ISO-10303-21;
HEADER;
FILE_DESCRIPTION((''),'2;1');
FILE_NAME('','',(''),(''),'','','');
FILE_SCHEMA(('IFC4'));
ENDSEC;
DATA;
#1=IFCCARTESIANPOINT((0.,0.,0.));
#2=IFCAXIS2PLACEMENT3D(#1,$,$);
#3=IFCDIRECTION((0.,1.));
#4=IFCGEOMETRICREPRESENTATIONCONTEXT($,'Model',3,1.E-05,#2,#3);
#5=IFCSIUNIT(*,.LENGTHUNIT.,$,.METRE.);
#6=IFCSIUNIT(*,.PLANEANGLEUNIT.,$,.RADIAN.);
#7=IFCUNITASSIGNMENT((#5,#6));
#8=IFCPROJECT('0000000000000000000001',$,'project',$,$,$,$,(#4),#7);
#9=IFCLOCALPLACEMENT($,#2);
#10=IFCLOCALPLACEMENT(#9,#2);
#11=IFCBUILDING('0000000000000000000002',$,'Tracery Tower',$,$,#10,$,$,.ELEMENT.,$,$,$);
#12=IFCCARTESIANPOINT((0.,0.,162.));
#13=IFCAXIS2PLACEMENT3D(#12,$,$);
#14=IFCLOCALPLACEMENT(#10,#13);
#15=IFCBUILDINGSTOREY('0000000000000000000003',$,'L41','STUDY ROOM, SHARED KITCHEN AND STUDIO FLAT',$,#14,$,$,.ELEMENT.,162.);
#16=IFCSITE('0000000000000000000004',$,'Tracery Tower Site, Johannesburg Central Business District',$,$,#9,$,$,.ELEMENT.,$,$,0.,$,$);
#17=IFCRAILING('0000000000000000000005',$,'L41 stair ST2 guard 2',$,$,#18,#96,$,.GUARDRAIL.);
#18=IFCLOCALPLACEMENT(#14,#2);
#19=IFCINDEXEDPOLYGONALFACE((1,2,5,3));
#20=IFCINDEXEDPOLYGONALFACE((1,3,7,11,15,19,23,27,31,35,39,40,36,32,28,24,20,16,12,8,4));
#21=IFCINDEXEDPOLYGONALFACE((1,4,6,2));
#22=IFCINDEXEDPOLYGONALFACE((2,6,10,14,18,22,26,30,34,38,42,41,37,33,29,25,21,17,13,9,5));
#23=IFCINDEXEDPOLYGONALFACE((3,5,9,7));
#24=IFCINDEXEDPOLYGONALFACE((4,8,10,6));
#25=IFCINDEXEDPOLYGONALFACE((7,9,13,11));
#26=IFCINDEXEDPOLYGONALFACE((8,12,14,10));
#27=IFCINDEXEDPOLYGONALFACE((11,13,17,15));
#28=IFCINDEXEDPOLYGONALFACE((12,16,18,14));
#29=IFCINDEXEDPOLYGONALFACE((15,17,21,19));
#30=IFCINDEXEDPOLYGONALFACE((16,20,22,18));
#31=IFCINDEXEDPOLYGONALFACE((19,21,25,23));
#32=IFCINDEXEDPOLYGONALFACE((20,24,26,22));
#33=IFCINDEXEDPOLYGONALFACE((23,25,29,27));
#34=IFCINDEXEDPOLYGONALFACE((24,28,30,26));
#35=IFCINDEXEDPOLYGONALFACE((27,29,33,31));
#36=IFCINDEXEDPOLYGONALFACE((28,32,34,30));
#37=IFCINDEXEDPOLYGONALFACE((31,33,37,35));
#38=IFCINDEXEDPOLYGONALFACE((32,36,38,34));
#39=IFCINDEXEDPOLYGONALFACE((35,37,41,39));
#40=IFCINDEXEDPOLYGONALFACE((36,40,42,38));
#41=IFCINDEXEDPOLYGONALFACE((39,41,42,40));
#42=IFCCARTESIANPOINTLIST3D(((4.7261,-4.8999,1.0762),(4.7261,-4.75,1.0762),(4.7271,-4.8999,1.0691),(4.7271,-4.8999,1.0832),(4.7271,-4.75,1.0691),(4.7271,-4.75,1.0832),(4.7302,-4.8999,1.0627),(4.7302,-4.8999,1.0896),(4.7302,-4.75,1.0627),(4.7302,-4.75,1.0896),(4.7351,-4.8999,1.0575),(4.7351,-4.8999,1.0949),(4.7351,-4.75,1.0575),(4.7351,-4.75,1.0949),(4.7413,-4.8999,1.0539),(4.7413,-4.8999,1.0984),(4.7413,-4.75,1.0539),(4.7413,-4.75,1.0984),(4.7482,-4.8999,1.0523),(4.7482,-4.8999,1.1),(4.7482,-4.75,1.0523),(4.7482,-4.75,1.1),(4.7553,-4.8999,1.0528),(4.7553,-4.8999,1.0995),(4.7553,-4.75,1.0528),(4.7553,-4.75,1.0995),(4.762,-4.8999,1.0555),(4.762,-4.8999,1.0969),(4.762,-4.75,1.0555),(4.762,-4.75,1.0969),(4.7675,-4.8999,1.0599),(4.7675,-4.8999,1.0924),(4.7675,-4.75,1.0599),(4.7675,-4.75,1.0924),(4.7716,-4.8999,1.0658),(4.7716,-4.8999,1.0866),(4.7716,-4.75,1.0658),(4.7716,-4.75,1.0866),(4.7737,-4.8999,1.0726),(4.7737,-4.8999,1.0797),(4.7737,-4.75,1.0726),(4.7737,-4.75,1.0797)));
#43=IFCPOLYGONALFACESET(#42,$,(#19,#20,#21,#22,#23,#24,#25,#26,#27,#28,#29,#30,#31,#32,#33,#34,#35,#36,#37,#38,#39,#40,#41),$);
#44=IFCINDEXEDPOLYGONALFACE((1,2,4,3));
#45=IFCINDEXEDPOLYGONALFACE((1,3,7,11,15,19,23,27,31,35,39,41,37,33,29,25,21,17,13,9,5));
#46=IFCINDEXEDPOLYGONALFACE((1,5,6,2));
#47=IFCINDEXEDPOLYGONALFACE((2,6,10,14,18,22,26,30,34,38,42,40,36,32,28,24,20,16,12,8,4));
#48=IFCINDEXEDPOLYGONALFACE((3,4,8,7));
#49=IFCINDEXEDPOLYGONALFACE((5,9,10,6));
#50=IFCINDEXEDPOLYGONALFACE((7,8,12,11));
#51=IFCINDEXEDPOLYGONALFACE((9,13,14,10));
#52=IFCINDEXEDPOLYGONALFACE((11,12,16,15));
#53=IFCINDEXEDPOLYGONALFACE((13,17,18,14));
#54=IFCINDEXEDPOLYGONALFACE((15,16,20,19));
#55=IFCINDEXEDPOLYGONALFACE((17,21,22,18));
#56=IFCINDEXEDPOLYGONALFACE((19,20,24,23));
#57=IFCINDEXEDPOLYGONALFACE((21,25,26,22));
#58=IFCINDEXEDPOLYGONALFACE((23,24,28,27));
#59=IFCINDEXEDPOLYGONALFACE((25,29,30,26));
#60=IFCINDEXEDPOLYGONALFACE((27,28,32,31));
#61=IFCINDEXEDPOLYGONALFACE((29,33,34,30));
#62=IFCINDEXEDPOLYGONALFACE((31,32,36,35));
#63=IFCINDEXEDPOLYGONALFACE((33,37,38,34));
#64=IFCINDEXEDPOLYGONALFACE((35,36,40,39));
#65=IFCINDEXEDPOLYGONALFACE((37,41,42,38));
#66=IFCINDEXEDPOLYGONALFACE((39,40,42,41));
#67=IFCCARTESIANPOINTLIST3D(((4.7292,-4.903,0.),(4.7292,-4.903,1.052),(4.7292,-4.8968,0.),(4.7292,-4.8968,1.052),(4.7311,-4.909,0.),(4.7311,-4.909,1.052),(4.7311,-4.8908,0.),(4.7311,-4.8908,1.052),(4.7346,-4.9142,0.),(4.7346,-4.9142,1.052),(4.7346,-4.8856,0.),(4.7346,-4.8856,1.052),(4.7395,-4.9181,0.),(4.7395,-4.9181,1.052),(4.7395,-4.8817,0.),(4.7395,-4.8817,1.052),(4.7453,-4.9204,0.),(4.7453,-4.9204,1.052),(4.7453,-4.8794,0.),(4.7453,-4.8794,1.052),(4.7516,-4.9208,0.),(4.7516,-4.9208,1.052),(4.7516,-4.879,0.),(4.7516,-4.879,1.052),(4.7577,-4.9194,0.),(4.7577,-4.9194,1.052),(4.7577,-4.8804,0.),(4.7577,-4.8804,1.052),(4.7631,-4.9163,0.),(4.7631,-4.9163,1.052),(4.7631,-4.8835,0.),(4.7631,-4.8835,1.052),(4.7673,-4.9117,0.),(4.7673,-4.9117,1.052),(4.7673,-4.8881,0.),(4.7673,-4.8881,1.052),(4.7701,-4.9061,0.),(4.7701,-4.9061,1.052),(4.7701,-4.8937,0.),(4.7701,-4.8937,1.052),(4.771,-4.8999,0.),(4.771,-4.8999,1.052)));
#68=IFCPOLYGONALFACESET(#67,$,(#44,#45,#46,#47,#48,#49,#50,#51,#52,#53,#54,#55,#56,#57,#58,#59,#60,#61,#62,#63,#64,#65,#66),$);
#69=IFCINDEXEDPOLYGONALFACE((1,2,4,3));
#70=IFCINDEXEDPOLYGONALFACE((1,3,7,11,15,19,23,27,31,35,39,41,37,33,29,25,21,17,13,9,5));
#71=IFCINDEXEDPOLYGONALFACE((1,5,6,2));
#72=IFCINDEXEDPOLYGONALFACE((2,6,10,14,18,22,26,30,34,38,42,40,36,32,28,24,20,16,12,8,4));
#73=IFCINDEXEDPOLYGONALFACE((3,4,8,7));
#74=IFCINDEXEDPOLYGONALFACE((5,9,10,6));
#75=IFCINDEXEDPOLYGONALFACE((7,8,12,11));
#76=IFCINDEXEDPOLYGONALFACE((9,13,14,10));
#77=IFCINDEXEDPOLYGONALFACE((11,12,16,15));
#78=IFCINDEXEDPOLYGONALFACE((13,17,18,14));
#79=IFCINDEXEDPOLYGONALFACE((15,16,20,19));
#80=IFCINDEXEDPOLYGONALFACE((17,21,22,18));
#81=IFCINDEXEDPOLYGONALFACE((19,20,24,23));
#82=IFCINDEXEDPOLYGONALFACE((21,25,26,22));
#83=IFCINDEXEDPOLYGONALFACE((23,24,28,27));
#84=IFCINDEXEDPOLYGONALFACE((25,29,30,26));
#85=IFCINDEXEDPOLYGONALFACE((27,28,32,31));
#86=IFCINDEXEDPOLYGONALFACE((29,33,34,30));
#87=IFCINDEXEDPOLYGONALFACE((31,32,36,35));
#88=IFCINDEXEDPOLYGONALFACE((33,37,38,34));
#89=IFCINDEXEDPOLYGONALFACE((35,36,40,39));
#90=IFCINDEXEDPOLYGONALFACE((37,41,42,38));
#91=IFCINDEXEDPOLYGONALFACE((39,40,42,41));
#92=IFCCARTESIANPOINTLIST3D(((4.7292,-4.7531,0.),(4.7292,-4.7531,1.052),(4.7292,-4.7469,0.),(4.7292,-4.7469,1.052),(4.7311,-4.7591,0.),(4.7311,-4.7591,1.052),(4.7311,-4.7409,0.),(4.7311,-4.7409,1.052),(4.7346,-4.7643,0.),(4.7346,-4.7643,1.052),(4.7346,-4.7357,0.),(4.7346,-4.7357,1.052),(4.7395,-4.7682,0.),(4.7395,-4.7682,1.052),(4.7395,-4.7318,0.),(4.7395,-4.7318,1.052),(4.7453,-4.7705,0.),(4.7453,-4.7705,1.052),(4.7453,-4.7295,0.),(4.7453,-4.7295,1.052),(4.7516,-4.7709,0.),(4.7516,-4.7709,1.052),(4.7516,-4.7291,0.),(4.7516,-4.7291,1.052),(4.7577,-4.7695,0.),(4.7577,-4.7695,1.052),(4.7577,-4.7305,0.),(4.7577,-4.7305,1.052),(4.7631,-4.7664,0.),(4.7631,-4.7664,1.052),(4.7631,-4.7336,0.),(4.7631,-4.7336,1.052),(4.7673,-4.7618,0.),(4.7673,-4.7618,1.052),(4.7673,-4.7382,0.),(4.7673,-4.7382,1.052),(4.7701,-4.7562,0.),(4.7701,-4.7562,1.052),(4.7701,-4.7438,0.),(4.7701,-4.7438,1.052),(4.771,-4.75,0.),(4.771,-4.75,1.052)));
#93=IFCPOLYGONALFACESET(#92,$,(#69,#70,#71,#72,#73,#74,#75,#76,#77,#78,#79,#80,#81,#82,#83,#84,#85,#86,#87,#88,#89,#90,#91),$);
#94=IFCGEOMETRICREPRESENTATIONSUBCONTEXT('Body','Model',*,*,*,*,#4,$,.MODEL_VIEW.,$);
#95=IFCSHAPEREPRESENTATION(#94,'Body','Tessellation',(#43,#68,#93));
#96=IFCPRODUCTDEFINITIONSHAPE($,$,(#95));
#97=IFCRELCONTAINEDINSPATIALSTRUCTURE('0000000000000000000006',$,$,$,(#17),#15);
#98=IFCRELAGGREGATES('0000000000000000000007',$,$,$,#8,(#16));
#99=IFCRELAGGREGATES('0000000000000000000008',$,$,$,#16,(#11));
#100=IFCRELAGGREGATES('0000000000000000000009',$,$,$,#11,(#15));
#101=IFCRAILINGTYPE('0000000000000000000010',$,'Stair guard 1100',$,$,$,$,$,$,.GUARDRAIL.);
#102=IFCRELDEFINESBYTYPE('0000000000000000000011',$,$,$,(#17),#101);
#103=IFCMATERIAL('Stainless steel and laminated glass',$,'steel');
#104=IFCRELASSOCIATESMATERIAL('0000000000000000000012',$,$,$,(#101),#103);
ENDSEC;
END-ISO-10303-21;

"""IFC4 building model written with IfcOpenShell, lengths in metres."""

from ifc_helpers import new_model, si_unit, direction, frame, origin, origin_2d, place, context, subcontext, project, spatial, circle, extrude, material, type_object, element, save


model = new_model("IFC4")

# Units and contexts
model_context = context("Model", 3, precision=1e-05, world=origin(), true_north=direction((0.0, 1.0)))
body_context = subcontext(model_context, "Body", "Model", "MODEL_VIEW")
ifc_project = project(units=[si_unit("LENGTHUNIT", "METRE"), si_unit("PLANEANGLEUNIT", "RADIAN")], contexts=[model_context])

# Site, building, storey
site_placement = place(None, origin())
site = spatial("IfcSite", under=ifc_project, at=site_placement, Name="Tracery Tower Site, Johannesburg Central Business District", CompositionType="ELEMENT", RefElevation=0.0)
building_placement = place(site_placement, origin())
building = spatial("IfcBuilding", under=site, at=building_placement, Name="Tracery Tower", CompositionType="ELEMENT")
storey_placement = place(building_placement, frame((0.0, 0.0, 162.0)))
storey = spatial("IfcBuildingStorey", under=building, at=storey_placement, Name="L41", Description="STUDY ROOM, SHARED KITCHEN AND STUDIO FLAT", CompositionType="ELEMENT", Elevation=162.0)

# Railing
ifc_material_1 = material(Name="Stainless steel and laminated glass", Category="steel")
railing_type_1 = type_object("IfcRailingType", Name="Stair guard 1100", PredefinedType="GUARDRAIL", material=ifc_material_1)
railing_1_placement = place(storey_placement, frame((4.75, -4.8999, 0.0)))
element("IfcRailing", 1, at=railing_1_placement, inside=storey, type_object=railing_type_1, Name="L41 stair ST2 guard 2", PredefinedType="GUARDRAIL", context=body_context, shape_type="SweptSolid", body=[
    extrude(circle(Radius=0.0239, at=origin_2d()), frame((0.0, 0.0, 1.0762), z_axis=(0.0, 1.0, 0.0), x_axis=(-1.0, 0.0, 0.0)), (0.0, 0.0, 1.0), 0.1499),
    extrude(circle(Radius=0.021, at=origin_2d()), origin(), (0.0, 0.0, 1.0), 1.052),
    extrude(circle(Radius=0.021, at=origin_2d()), frame((0.0, 0.1499, 0.0)), (0.0, 0.0, 1.0), 1.052),
])

save(model, "model.ifc")
